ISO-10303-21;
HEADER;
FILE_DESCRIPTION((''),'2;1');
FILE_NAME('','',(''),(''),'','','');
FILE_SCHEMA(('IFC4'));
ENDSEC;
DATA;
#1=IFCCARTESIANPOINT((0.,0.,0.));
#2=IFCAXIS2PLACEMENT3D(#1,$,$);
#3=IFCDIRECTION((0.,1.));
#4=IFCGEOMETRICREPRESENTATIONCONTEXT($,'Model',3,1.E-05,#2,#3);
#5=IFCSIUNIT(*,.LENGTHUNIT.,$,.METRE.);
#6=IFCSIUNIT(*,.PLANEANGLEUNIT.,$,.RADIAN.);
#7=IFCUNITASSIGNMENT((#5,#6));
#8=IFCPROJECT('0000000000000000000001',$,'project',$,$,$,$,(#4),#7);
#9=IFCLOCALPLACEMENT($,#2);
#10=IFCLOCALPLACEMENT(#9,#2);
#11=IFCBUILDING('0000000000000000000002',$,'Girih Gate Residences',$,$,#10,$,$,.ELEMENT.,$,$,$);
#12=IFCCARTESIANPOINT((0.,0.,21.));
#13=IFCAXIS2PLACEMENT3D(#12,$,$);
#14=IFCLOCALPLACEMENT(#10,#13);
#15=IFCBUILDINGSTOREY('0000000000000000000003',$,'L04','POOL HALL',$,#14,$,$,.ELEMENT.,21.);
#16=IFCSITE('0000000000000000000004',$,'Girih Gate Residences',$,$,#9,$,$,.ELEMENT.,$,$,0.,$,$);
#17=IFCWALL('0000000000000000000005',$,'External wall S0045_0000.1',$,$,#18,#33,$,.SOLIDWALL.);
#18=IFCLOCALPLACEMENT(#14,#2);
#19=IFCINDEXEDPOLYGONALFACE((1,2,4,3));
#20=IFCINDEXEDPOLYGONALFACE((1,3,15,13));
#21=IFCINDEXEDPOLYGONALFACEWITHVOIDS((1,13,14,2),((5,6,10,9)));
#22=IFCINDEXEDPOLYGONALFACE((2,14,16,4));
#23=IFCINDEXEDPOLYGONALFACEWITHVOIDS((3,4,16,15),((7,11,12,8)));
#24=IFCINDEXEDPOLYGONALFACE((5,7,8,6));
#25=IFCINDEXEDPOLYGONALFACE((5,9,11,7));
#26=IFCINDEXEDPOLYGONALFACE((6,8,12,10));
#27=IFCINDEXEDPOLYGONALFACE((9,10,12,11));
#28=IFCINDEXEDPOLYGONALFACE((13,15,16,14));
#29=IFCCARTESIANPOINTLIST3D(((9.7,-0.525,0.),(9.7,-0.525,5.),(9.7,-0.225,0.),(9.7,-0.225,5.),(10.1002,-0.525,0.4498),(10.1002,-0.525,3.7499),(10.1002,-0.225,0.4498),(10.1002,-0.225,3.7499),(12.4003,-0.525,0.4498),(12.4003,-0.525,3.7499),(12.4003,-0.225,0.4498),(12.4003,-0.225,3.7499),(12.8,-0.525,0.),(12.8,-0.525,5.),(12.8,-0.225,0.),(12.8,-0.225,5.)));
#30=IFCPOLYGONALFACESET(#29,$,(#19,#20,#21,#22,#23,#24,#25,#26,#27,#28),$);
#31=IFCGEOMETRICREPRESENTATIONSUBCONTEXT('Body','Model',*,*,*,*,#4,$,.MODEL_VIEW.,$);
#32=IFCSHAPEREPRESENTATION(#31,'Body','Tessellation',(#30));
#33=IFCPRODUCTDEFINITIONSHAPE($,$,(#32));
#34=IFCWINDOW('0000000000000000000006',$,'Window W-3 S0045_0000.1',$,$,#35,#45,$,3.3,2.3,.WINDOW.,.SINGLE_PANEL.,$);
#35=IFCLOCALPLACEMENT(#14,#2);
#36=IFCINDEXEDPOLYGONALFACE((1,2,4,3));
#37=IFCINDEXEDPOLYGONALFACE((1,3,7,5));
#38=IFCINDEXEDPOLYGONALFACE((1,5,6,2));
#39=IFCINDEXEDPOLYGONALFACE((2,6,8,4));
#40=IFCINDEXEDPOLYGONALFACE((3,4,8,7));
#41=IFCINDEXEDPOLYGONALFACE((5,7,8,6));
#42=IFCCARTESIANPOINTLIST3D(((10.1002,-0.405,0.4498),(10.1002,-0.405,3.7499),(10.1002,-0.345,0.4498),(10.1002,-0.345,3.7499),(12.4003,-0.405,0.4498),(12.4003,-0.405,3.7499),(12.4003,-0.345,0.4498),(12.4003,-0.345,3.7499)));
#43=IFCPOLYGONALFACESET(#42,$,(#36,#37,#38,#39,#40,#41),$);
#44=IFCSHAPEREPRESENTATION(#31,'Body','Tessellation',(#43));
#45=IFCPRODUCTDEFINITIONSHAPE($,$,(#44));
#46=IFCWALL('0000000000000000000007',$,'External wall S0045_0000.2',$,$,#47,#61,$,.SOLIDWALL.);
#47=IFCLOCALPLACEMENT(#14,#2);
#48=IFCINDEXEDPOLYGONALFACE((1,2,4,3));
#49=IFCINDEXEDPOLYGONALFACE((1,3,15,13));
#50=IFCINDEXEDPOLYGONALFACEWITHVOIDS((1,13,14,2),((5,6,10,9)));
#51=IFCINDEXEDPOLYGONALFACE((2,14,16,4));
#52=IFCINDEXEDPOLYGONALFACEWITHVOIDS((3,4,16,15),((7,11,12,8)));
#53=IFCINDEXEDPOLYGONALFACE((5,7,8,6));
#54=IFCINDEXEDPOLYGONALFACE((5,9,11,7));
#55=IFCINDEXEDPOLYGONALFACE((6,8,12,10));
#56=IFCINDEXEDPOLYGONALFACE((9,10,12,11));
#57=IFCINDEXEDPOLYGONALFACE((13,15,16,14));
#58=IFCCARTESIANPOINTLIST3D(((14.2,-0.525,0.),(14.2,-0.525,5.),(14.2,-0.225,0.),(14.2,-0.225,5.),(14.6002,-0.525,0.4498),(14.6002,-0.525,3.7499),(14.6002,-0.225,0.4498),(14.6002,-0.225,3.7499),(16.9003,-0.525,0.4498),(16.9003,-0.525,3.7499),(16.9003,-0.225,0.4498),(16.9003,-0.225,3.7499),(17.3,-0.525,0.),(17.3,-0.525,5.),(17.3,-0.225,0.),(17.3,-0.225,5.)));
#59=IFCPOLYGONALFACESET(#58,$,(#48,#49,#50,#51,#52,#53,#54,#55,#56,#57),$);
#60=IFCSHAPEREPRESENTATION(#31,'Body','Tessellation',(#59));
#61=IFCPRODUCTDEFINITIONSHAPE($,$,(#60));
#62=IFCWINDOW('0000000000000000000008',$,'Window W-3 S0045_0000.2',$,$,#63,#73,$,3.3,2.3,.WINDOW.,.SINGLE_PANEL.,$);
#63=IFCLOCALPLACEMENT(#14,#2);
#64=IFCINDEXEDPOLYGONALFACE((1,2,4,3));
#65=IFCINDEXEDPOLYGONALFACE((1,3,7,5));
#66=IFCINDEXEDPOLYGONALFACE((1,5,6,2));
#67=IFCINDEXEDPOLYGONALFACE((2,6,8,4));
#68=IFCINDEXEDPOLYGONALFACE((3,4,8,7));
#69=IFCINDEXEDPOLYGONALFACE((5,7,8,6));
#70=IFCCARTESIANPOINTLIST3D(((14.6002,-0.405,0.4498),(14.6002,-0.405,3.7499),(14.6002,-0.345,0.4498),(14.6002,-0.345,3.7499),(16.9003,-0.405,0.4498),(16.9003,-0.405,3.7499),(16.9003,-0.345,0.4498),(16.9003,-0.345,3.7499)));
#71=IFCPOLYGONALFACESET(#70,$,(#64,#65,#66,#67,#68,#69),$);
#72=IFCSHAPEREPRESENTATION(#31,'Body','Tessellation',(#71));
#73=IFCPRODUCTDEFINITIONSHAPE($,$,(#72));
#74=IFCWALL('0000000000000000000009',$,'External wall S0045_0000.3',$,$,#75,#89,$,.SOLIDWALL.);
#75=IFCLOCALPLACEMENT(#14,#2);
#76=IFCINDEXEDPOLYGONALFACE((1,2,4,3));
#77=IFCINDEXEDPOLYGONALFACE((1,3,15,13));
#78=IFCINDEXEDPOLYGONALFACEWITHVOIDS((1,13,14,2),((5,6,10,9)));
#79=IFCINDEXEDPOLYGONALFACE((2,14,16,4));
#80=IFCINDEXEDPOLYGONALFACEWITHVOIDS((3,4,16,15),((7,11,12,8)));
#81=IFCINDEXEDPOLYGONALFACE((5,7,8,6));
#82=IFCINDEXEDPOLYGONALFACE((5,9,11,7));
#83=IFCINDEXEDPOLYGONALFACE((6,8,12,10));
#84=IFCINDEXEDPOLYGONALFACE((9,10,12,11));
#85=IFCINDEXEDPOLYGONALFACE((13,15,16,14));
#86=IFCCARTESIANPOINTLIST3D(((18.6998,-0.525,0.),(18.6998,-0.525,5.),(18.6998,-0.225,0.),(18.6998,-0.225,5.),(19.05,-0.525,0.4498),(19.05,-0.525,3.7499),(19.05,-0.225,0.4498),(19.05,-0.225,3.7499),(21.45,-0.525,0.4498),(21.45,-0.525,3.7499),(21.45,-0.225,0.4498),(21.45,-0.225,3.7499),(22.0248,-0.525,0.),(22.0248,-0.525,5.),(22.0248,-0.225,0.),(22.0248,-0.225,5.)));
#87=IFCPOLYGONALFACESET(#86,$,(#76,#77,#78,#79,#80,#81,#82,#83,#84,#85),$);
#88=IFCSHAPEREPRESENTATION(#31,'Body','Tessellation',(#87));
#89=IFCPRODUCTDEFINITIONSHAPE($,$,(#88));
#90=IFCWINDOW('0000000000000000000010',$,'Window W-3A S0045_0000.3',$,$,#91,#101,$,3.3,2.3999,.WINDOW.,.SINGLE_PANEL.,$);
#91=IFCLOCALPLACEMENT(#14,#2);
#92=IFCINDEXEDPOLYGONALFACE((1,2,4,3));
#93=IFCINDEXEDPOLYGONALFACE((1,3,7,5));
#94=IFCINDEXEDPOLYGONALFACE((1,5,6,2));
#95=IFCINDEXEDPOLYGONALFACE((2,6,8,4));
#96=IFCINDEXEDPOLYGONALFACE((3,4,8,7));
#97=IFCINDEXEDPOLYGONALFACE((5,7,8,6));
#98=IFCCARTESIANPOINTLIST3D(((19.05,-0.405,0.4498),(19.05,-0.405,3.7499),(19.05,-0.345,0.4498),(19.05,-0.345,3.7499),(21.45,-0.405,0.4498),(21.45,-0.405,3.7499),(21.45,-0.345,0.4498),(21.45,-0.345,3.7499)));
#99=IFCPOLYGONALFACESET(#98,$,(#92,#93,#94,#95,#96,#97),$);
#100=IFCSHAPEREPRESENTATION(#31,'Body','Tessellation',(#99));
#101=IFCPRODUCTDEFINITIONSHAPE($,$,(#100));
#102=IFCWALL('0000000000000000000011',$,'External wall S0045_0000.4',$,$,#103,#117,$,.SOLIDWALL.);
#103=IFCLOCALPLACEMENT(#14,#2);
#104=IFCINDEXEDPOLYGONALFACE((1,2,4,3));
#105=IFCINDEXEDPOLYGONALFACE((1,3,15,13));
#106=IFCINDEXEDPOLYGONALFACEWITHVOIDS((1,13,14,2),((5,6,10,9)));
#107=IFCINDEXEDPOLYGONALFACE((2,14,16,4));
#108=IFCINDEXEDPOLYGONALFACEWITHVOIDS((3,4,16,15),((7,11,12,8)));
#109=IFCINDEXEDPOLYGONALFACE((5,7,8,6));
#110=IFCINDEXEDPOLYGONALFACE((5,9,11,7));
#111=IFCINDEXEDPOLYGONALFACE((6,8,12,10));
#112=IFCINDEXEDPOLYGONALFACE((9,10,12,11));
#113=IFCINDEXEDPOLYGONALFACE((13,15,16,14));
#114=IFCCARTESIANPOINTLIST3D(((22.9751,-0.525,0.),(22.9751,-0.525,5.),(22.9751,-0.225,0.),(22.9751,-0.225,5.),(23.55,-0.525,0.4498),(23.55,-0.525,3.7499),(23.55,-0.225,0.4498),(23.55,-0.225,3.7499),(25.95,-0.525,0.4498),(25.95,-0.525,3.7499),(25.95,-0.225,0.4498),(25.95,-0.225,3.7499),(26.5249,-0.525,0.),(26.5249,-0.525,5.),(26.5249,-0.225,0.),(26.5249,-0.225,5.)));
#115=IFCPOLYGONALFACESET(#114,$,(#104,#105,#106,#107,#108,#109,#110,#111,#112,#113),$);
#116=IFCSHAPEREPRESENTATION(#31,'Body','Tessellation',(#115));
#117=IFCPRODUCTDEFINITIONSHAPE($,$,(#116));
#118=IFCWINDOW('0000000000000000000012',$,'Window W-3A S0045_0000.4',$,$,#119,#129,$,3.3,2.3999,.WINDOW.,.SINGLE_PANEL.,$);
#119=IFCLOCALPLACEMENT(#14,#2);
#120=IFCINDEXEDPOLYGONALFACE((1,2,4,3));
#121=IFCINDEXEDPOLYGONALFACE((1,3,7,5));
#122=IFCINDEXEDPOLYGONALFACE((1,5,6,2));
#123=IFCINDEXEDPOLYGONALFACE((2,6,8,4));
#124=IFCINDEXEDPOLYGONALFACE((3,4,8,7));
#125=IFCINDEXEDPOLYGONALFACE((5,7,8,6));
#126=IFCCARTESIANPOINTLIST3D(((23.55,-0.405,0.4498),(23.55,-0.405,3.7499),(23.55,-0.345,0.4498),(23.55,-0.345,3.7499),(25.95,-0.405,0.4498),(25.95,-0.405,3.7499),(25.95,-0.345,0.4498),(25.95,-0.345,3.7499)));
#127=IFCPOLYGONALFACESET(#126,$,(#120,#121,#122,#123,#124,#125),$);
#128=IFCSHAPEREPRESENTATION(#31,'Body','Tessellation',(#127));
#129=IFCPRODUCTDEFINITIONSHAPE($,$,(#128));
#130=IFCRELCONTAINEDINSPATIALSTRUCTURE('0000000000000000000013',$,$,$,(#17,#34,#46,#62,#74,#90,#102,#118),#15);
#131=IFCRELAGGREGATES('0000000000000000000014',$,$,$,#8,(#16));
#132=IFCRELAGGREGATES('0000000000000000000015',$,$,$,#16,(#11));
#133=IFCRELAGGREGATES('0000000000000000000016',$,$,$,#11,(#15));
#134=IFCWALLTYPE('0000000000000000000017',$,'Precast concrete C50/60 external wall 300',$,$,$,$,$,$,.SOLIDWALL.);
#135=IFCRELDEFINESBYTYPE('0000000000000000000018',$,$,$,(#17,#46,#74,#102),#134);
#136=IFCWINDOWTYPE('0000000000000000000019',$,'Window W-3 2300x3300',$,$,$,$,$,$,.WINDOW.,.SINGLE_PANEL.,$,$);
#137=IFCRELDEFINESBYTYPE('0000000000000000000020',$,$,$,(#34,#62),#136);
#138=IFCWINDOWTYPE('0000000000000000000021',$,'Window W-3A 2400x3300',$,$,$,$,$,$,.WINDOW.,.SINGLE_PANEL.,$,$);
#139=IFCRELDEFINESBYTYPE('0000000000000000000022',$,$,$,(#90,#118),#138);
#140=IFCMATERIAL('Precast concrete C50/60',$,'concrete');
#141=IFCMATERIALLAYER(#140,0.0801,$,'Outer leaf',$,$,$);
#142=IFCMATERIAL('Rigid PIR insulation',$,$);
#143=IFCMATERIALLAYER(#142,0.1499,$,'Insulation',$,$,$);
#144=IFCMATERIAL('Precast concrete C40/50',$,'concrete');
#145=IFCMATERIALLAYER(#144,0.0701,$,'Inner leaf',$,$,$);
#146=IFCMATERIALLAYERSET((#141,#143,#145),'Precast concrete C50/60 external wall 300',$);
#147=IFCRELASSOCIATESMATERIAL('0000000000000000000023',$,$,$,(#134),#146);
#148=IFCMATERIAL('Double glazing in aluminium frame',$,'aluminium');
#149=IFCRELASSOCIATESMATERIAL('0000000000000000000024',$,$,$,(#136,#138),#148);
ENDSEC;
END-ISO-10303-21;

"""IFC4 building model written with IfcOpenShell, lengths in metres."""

from ifc_helpers import new_model, si_unit, direction, frame, frame_2d, origin, place, context, subcontext, project, spatial, rectangle, extrude, material, layer, layer_set, type_object, element, fill, save


model = new_model("IFC4")

# Units and contexts
model_context = context("Model", 3, precision=1e-05, world=origin(), true_north=direction((0.0, 1.0)))
body_context = subcontext(model_context, "Body", "Model", "MODEL_VIEW")
ifc_project = project(units=[si_unit("LENGTHUNIT", "METRE"), si_unit("PLANEANGLEUNIT", "RADIAN")], contexts=[model_context])

# Site, building, storey
site_placement = place(None, origin())
site = spatial("IfcSite", under=ifc_project, at=site_placement, Name="Girih Gate Residences", CompositionType="ELEMENT", RefElevation=0.0)
building_placement = place(site_placement, origin())
building = spatial("IfcBuilding", under=site, at=building_placement, Name="Girih Gate Residences", CompositionType="ELEMENT")
storey_placement = place(building_placement, frame((0.0, 0.0, 21.0)))
storey = spatial("IfcBuildingStorey", under=building, at=storey_placement, Name="L04", Description="POOL HALL", CompositionType="ELEMENT", Elevation=21.0)

# Walls, openings, windows
ifc_material_1 = material(Name="Precast concrete C50/60", Category="concrete")
ifc_layer_1 = layer(ifc_material_1, 0.0801, Name="Outer leaf")
ifc_material_2 = material(Name="Rigid PIR insulation")
ifc_layer_2 = layer(ifc_material_2, 0.1499, Name="Insulation")
ifc_material_3 = material(Name="Precast concrete C40/50", Category="concrete")
ifc_layer_3 = layer(ifc_material_3, 0.0701, Name="Inner leaf")
ifc_layer_set_1 = layer_set([ifc_layer_1, ifc_layer_2, ifc_layer_3], Name="Precast concrete C50/60 external wall 300")
wall_type_1 = type_object("IfcWallType", Name="Precast concrete C50/60 external wall 300", PredefinedType="SOLIDWALL", material=ifc_layer_set_1)
wall_1_placement = place(storey_placement, frame((12.8, -0.375, 0.0), z_axis=(0.0, 0.0, 1.0), x_axis=(-1.0, 0.0, 0.0)))
wall_1 = element("IfcWall", 1, at=wall_1_placement, inside=storey, type_object=wall_type_1, Name="External wall S0045_0000.1", PredefinedType="SOLIDWALL", context=body_context, shape_type="SweptSolid", body=[
    extrude(rectangle(XDim=3.1001, YDim=0.3, at=frame_2d((1.55, 0.0))), origin(), (0.0, 0.0, 1.0), 5.0),
])
opening_1_placement = place(wall_1_placement, frame((0.3999, 0.0, 0.45)))
opening_1 = element("IfcOpeningElement", 2, at=opening_1_placement, cuts=wall_1, PredefinedType="OPENING", context=body_context, shape_type="SweptSolid", body=[
    extrude(rectangle(XDim=2.3, YDim=3.3, at=frame_2d((1.1499, 1.6499))), frame((0.0, 0.1599, 0.0), z_axis=(0.0, -1.0, 0.0), x_axis=(1.0, 0.0, 0.0)), (0.0, 0.0, 1.0), 0.3201),
])
ifc_material_4 = material(Name="Double glazing in aluminium frame", Category="aluminium")
window_type_1 = type_object("IfcWindowType", Name="Window W-3 2300x3300", PartitioningType="SINGLE_PANEL", PredefinedType="WINDOW", material=ifc_material_4)
window_1_placement = place(opening_1_placement, origin())
window_1 = element("IfcWindow", 3, at=window_1_placement, inside=storey, type_object=window_type_1, Name="Window W-3 S0045_0000.1", OverallHeight=3.3, OverallWidth=2.3, PartitioningType="SINGLE_PANEL", PredefinedType="WINDOW", context=body_context, shape_type="SweptSolid", body=[
    extrude(rectangle(XDim=2.3, YDim=3.3, at=frame_2d((1.1499, 1.6499))), frame((0.0, 0.03, 0.0), z_axis=(0.0, -1.0, 0.0), x_axis=(1.0, 0.0, 0.0)), (0.0, 0.0, 1.0), 0.0601),
])
fill(opening_1, window_1)
wall_2_placement = place(storey_placement, frame((17.3, -0.375, 0.0), z_axis=(0.0, 0.0, 1.0), x_axis=(-1.0, 0.0, 0.0)))
wall_2 = element("IfcWall", 4, at=wall_2_placement, inside=storey, type_object=wall_type_1, Name="External wall S0045_0000.2", PredefinedType="SOLIDWALL", context=body_context, shape_type="SweptSolid", body=[
    extrude(rectangle(XDim=3.1001, YDim=0.3, at=frame_2d((1.55, 0.0))), origin(), (0.0, 0.0, 1.0), 5.0),
])
opening_2_placement = place(wall_2_placement, frame((0.3999, 0.0, 0.45)))
opening_2 = element("IfcOpeningElement", 5, at=opening_2_placement, cuts=wall_2, PredefinedType="OPENING", context=body_context, shape_type="SweptSolid", body=[
    extrude(rectangle(XDim=2.3, YDim=3.3, at=frame_2d((1.1499, 1.6499))), frame((0.0, 0.1599, 0.0), z_axis=(0.0, -1.0, 0.0), x_axis=(1.0, 0.0, 0.0)), (0.0, 0.0, 1.0), 0.3201),
])
window_2_placement = place(opening_2_placement, origin())
window_2 = element("IfcWindow", 6, at=window_2_placement, inside=storey, type_object=window_type_1, Name="Window W-3 S0045_0000.2", OverallHeight=3.3, OverallWidth=2.3, PartitioningType="SINGLE_PANEL", PredefinedType="WINDOW", context=body_context, shape_type="SweptSolid", body=[
    extrude(rectangle(XDim=2.3, YDim=3.3, at=frame_2d((1.1499, 1.6499))), frame((0.0, 0.03, 0.0), z_axis=(0.0, -1.0, 0.0), x_axis=(1.0, 0.0, 0.0)), (0.0, 0.0, 1.0), 0.0601),
])
fill(opening_2, window_2)
wall_3_placement = place(storey_placement, frame((22.0249, -0.375, 0.0), z_axis=(0.0, 0.0, 1.0), x_axis=(-1.0, 0.0, 0.0)))
wall_3 = element("IfcWall", 7, at=wall_3_placement, inside=storey, type_object=wall_type_1, Name="External wall S0045_0000.3", PredefinedType="SOLIDWALL", context=body_context, shape_type="SweptSolid", body=[
    extrude(rectangle(XDim=3.325, YDim=0.3, at=frame_2d((1.6626, 0.0))), origin(), (0.0, 0.0, 1.0), 5.0),
])
opening_3_placement = place(wall_3_placement, frame((0.575, 0.0, 0.45)))
opening_3 = element("IfcOpeningElement", 8, at=opening_3_placement, cuts=wall_3, PredefinedType="OPENING", context=body_context, shape_type="SweptSolid", body=[
    extrude(rectangle(XDim=2.3999, YDim=3.3, at=frame_2d((1.2, 1.6499))), frame((0.0, 0.1599, 0.0), z_axis=(0.0, -1.0, 0.0), x_axis=(1.0, 0.0, 0.0)), (0.0, 0.0, 1.0), 0.3201),
])
window_type_2 = type_object("IfcWindowType", Name="Window W-3A 2400x3300", PartitioningType="SINGLE_PANEL", PredefinedType="WINDOW", material=ifc_material_4)
window_3_placement = place(opening_3_placement, origin())
window_3 = element("IfcWindow", 9, at=window_3_placement, inside=storey, type_object=window_type_2, Name="Window W-3A S0045_0000.3", OverallHeight=3.3, OverallWidth=2.3999, PartitioningType="SINGLE_PANEL", PredefinedType="WINDOW", context=body_context, shape_type="SweptSolid", body=[
    extrude(rectangle(XDim=2.3999, YDim=3.3, at=frame_2d((1.2, 1.6499))), frame((0.0, 0.03, 0.0), z_axis=(0.0, -1.0, 0.0), x_axis=(1.0, 0.0, 0.0)), (0.0, 0.0, 1.0), 0.0601),
])
fill(opening_3, window_3)
wall_4_placement = place(storey_placement, frame((26.5249, -0.375, 0.0), z_axis=(0.0, 0.0, 1.0), x_axis=(-1.0, 0.0, 0.0)))
wall_4 = element("IfcWall", 10, at=wall_4_placement, inside=storey, type_object=wall_type_1, Name="External wall S0045_0000.4", PredefinedType="SOLIDWALL", context=body_context, shape_type="SweptSolid", body=[
    extrude(rectangle(XDim=3.5498, YDim=0.3, at=frame_2d((1.7749, 0.0))), origin(), (0.0, 0.0, 1.0), 5.0),
])
opening_4_placement = place(wall_4_placement, frame((0.575, 0.0, 0.45)))
opening_4 = element("IfcOpeningElement", 11, at=opening_4_placement, cuts=wall_4, PredefinedType="OPENING", context=body_context, shape_type="SweptSolid", body=[
    extrude(rectangle(XDim=2.3999, YDim=3.3, at=frame_2d((1.2, 1.6499))), frame((0.0, 0.1599, 0.0), z_axis=(0.0, -1.0, 0.0), x_axis=(1.0, 0.0, 0.0)), (0.0, 0.0, 1.0), 0.3201),
])
window_4_placement = place(opening_4_placement, origin())
window_4 = element("IfcWindow", 12, at=window_4_placement, inside=storey, type_object=window_type_2, Name="Window W-3A S0045_0000.4", OverallHeight=3.3, OverallWidth=2.3999, PartitioningType="SINGLE_PANEL", PredefinedType="WINDOW", context=body_context, shape_type="SweptSolid", body=[
    extrude(rectangle(XDim=2.3999, YDim=3.3, at=frame_2d((1.2, 1.6499))), frame((0.0, 0.03, 0.0), z_axis=(0.0, -1.0, 0.0), x_axis=(1.0, 0.0, 0.0)), (0.0, 0.0, 1.0), 0.0601),
])
fill(opening_4, window_4)

save(model, "model.ifc")
